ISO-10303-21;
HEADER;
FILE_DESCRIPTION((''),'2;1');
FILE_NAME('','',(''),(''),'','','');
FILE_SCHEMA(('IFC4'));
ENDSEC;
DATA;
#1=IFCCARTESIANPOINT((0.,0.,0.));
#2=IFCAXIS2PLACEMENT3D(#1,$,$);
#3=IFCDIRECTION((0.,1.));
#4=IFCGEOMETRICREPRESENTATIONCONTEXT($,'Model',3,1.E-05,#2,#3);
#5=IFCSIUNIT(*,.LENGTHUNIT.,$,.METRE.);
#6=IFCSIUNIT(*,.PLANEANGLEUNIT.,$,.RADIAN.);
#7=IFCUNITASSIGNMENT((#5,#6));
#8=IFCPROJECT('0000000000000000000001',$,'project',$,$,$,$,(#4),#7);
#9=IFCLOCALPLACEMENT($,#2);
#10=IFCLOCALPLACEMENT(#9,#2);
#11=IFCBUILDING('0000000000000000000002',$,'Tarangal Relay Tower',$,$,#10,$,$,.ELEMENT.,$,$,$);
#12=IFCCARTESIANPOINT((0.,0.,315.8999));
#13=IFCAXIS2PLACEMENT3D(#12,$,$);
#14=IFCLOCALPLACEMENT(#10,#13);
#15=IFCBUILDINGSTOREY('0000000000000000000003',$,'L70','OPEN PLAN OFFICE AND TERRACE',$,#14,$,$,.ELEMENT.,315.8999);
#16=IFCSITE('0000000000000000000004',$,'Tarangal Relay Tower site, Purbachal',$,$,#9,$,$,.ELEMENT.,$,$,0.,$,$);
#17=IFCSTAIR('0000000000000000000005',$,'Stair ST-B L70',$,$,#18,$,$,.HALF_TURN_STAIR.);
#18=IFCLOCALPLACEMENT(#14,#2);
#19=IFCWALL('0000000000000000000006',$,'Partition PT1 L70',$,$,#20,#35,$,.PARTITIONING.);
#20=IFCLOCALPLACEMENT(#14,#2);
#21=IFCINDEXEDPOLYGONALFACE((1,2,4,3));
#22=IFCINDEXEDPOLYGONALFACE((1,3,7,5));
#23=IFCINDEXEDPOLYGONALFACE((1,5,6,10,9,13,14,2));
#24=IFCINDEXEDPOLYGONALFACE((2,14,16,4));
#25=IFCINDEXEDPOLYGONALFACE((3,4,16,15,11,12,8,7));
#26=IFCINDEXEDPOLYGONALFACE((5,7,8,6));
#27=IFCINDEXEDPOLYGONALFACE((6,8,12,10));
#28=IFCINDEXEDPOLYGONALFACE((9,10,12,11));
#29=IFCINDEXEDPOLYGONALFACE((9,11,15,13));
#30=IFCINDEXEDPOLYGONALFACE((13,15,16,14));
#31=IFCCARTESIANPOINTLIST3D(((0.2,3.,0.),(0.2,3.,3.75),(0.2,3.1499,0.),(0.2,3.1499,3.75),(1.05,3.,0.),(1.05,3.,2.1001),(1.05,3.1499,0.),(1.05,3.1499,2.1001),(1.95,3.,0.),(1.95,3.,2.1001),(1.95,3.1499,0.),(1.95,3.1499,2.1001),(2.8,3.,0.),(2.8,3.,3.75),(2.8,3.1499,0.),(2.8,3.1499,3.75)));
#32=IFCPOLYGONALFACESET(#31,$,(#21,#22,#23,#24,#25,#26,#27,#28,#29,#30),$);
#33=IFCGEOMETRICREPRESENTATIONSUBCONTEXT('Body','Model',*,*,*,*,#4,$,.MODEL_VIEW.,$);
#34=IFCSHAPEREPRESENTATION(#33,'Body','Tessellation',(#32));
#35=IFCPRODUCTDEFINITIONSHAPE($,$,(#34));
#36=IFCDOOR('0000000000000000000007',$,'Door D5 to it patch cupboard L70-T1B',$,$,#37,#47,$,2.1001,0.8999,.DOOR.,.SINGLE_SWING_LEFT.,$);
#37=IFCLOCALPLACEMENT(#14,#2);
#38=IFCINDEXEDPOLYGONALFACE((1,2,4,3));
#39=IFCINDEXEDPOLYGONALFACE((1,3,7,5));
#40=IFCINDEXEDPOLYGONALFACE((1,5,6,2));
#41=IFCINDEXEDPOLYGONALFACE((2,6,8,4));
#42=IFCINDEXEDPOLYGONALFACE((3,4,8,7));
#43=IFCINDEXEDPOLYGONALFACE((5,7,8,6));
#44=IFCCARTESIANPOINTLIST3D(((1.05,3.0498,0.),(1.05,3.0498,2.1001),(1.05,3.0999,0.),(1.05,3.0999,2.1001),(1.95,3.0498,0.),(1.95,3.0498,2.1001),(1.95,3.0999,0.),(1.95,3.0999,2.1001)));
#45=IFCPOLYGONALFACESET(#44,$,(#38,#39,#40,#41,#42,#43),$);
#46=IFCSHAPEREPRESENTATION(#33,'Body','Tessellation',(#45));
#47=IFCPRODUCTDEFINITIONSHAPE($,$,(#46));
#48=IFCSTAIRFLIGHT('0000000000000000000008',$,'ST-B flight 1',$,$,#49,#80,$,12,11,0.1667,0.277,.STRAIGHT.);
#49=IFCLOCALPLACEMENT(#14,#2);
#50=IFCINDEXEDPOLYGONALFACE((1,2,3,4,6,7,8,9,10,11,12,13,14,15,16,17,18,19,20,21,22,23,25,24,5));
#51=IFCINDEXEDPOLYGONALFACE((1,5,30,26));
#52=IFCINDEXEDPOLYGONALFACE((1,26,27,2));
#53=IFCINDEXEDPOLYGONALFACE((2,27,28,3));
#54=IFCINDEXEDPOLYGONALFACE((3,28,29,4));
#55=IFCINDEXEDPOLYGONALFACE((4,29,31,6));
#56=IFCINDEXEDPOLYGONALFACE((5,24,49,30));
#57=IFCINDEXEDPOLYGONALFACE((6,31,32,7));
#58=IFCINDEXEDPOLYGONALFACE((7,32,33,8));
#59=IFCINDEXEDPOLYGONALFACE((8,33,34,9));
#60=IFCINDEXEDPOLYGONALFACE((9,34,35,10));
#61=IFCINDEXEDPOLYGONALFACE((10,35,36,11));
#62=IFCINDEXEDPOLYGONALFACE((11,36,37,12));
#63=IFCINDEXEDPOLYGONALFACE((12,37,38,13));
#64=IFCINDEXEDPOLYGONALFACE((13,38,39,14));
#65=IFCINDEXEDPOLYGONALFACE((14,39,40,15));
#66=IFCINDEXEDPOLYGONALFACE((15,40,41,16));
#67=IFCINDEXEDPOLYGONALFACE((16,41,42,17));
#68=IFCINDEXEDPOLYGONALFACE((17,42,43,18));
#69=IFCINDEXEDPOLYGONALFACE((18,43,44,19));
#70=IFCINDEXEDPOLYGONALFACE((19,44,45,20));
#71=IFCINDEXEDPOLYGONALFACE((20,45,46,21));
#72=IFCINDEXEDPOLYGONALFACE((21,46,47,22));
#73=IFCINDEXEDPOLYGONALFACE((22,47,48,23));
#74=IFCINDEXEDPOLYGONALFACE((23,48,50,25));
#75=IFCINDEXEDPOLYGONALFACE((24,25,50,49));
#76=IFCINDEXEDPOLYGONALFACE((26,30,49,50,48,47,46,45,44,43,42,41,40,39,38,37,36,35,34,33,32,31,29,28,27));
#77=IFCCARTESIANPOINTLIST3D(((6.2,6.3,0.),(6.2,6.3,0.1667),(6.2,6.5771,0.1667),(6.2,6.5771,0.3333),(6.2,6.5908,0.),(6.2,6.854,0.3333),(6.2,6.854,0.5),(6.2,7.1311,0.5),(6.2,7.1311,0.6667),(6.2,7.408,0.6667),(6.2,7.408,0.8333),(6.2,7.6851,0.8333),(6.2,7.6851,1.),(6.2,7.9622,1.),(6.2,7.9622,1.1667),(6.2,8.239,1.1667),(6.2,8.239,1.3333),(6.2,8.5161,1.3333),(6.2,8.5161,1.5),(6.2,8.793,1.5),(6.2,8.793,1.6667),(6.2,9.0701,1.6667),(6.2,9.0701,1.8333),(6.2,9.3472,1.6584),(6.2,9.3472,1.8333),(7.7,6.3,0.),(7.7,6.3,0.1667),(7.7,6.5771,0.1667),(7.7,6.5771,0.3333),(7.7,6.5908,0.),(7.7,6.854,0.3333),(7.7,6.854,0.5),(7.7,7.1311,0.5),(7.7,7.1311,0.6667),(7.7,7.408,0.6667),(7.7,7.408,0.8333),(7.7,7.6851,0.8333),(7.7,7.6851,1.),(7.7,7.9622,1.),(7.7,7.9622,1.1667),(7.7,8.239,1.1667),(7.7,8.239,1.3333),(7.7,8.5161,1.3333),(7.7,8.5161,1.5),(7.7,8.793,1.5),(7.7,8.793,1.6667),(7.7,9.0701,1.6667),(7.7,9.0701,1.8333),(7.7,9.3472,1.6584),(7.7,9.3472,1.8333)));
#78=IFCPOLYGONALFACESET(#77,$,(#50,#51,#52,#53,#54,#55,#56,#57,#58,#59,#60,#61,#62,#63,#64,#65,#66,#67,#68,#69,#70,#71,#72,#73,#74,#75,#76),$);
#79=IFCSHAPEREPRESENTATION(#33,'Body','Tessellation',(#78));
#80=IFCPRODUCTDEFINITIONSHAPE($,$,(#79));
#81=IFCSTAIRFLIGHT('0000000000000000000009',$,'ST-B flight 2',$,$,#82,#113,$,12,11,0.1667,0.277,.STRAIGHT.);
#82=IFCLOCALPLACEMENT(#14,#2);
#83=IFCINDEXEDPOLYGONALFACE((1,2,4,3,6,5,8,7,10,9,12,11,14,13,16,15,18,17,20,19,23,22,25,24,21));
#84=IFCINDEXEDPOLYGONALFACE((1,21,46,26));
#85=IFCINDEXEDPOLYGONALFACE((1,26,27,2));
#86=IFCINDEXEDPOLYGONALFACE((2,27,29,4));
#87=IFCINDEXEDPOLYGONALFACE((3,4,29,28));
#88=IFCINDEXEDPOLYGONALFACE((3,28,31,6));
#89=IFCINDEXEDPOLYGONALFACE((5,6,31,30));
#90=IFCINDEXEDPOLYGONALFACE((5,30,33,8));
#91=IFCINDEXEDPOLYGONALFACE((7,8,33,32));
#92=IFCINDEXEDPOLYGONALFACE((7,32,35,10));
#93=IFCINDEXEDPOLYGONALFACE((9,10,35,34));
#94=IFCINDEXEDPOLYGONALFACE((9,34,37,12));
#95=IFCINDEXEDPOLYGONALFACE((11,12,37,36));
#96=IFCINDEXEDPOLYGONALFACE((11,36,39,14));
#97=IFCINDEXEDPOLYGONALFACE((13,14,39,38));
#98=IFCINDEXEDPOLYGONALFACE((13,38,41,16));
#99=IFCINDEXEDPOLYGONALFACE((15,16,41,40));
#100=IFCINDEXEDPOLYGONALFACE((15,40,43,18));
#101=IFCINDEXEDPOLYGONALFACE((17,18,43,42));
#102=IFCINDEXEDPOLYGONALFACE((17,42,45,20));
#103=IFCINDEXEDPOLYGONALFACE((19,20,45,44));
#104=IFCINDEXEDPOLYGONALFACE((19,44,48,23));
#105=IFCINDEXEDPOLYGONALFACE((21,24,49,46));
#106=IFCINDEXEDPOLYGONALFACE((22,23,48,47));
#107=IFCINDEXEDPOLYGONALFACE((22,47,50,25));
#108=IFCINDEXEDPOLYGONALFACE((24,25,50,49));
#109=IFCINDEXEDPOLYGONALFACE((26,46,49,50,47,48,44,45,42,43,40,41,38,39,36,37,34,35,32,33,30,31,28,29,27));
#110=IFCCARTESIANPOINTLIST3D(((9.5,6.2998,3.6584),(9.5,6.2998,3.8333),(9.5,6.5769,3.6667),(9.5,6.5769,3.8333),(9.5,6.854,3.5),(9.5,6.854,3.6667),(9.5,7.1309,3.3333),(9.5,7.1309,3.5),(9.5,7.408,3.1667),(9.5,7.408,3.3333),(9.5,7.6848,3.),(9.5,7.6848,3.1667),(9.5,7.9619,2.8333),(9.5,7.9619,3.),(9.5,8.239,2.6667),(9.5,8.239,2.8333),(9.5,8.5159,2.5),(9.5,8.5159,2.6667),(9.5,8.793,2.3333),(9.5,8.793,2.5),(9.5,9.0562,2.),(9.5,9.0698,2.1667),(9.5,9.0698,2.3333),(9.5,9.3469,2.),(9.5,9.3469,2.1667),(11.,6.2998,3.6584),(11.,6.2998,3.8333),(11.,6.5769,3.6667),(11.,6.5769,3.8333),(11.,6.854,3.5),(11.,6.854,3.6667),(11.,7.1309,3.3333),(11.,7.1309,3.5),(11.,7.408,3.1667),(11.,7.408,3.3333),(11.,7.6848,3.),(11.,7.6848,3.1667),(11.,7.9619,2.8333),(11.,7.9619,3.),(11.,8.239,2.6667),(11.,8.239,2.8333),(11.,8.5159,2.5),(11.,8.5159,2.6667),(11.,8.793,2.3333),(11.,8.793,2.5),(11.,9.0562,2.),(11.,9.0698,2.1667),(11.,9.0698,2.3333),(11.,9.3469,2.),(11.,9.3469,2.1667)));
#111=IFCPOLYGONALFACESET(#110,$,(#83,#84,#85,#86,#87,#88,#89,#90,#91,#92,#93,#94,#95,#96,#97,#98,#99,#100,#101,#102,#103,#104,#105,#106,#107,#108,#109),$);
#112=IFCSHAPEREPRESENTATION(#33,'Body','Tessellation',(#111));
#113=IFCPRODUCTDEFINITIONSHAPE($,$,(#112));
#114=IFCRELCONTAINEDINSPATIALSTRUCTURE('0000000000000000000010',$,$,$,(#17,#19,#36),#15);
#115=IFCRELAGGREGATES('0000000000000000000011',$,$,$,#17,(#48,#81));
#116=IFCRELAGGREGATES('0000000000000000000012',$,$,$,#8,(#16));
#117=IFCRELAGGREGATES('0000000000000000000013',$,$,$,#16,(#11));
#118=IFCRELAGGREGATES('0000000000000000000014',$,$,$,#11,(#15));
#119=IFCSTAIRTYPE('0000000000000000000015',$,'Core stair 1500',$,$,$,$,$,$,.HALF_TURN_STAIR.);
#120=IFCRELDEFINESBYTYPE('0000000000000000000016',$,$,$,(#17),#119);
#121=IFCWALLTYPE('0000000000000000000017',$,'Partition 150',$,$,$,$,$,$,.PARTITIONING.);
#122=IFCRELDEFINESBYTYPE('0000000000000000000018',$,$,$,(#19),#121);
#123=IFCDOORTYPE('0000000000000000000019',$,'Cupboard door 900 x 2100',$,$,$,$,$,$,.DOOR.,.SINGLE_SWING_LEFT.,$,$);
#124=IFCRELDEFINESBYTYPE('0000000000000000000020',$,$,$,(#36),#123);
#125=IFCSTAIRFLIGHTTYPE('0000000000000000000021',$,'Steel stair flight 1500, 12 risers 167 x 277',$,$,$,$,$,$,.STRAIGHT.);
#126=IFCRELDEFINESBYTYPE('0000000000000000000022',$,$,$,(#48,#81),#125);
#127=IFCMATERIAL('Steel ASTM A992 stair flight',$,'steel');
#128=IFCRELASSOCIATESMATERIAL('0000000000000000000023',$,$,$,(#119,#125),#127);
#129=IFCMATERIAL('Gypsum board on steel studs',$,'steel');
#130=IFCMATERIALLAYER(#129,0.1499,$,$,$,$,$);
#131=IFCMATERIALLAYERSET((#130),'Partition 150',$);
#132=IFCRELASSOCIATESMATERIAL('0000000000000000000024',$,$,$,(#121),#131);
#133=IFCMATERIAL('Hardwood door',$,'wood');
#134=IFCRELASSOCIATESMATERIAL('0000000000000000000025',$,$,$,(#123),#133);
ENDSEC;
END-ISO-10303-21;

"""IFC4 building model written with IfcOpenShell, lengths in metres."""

from ifc_helpers import new_model, si_unit, direction, frame, frame_2d, origin, place, context, subcontext, project, spatial, polyline, rectangle, outline, extrude, material, layer, layer_set, type_object, element, fill, aggregate, save


model = new_model("IFC4")

# Units and contexts
model_context = context("Model", 3, precision=1e-05, world=origin(), true_north=direction((0.0, 1.0)))
body_context = subcontext(model_context, "Body", "Model", "MODEL_VIEW")
ifc_project = project(units=[si_unit("LENGTHUNIT", "METRE"), si_unit("PLANEANGLEUNIT", "RADIAN")], contexts=[model_context])

# Site, building, storey
site_placement = place(None, origin())
site = spatial("IfcSite", under=ifc_project, at=site_placement, Name="Tarangal Relay Tower site, Purbachal", CompositionType="ELEMENT", RefElevation=0.0)
building_placement = place(site_placement, origin())
building = spatial("IfcBuilding", under=site, at=building_placement, Name="Tarangal Relay Tower", CompositionType="ELEMENT")
storey_placement = place(building_placement, frame((0.0, 0.0, 315.8999)))
storey = spatial("IfcBuildingStorey", under=building, at=storey_placement, Name="L70", Description="OPEN PLAN OFFICE AND TERRACE", CompositionType="ELEMENT", Elevation=315.8999)

# Stair
ifc_material_1 = material(Name="Steel ASTM A992 stair flight", Category="steel")
stair_type = type_object("IfcStairType", Name="Core stair 1500", PredefinedType="HALF_TURN_STAIR", material=ifc_material_1)
stair_1_placement = place(storey_placement, origin())
stair_1 = element("IfcStair", 1, at=stair_1_placement, inside=storey, type_object=stair_type, Name="Stair ST-B L70", PredefinedType="HALF_TURN_STAIR")

# Wall, opening, door
ifc_material_2 = material(Name="Gypsum board on steel studs", Category="steel")
ifc_layer_1 = layer(ifc_material_2, 0.1499)
ifc_layer_set_1 = layer_set([ifc_layer_1], Name="Partition 150")
wall_type_1 = type_object("IfcWallType", Name="Partition 150", PredefinedType="PARTITIONING", material=ifc_layer_set_1)
wall_1_placement = place(storey_placement, frame((0.2, 3.075, 0.0), z_axis=(0.0, 0.0, 1.0), x_axis=(1.0, 0.0, 0.0)))
wall_1 = element("IfcWall", 2, at=wall_1_placement, inside=storey, type_object=wall_type_1, Name="Partition PT1 L70", PredefinedType="PARTITIONING", context=body_context, shape_type="SweptSolid", body=[
    extrude(rectangle(XDim=2.6001, YDim=0.1499, at=frame_2d((1.3, 0.0))), origin(), (0.0, 0.0, 1.0), 3.75),
])
opening_1_placement = place(wall_1_placement, frame((0.8501, 0.0, 0.0)))
opening_1 = element("IfcOpeningElement", 3, at=opening_1_placement, cuts=wall_1, PredefinedType="OPENING", context=body_context, shape_type="SweptSolid", body=[
    extrude(rectangle(XDim=0.8999, YDim=2.1001, at=frame_2d((0.45, 1.05))), frame((0.0, 0.085, 0.0), z_axis=(0.0, -1.0, 0.0), x_axis=(1.0, 0.0, 0.0)), (0.0, 0.0, 1.0), 0.1699),
])
ifc_material_3 = material(Name="Hardwood door", Category="wood")
door_type_1 = type_object("IfcDoorType", Name="Cupboard door 900 x 2100", OperationType="SINGLE_SWING_LEFT", PredefinedType="DOOR", material=ifc_material_3)
door_1_placement = place(opening_1_placement, origin())
door_1 = element("IfcDoor", 4, at=door_1_placement, inside=storey, type_object=door_type_1, Name="Door D5 to it patch cupboard L70-T1B", OperationType="SINGLE_SWING_LEFT", OverallHeight=2.1001, OverallWidth=0.8999, PredefinedType="DOOR", context=body_context, shape_type="SweptSolid", body=[
    extrude(rectangle(XDim=0.8999, YDim=2.1001, at=frame_2d((0.45, 1.05))), frame((0.0, 0.0249, 0.0), z_axis=(0.0, -1.0, 0.0), x_axis=(1.0, 0.0, 0.0)), (0.0, 0.0, 1.0), 0.05),
])
fill(opening_1, door_1)

# Stair flights
stair_flight_type = type_object("IfcStairFlightType", Name="Steel stair flight 1500, 12 risers 167 x 277", PredefinedType="STRAIGHT", material=ifc_material_1)
stair_flight_1_placement = place(storey_placement, frame((6.95, 6.3, 0.0), z_axis=(0.0, 0.0, 1.0), x_axis=(0.0, 1.0, 0.0)))
stair_flight_1 = element("IfcStairFlight", 5, at=stair_flight_1_placement, type_object=stair_flight_type, Name="ST-B flight 1", NumberOfRisers=12, NumberOfTreads=11, PredefinedType="STRAIGHT", RiserHeight=0.1667, TreadLength=0.277, context=body_context, shape_type="SweptSolid", body=[
    extrude(outline(polyline([(0.0, 0.0), (0.0, 0.1667), (0.2771, 0.1667), (0.2771, 0.3333), (0.554, 0.3333), (0.554, 0.5), (0.8311, 0.5), (0.8311, 0.6667), (1.1079, 0.6667), (1.1079, 0.8333), (1.385, 0.8333), (1.385, 1.0), (1.6621, 1.0), (1.6621, 1.1667), (1.939, 1.1667), (1.939, 1.3333), (2.2161, 1.3333), (2.2161, 1.5), (2.4929, 1.5), (2.4929, 1.6667), (2.77, 1.6667), (2.77, 1.8333), (3.0471, 1.8333), (3.0471, 2.0), (3.0471, 1.6584), (0.2908, 0.0), (0.0, 0.0)])), frame((0.0, 0.75, 0.0), z_axis=(0.0, -1.0, 0.0), x_axis=(1.0, 0.0, 0.0)), (0.0, 0.0, 1.0), 1.5),
])
stair_flight_2_placement = place(storey_placement, frame((10.25, 9.3469, 2.0), z_axis=(0.0, 0.0, 1.0), x_axis=(0.0, -1.0, 0.0)))
stair_flight_2 = element("IfcStairFlight", 6, at=stair_flight_2_placement, type_object=stair_flight_type, Name="ST-B flight 2", NumberOfRisers=12, NumberOfTreads=11, PredefinedType="STRAIGHT", RiserHeight=0.1667, TreadLength=0.277, context=body_context, shape_type="SweptSolid", body=[
    extrude(outline(polyline([(0.0, 0.0), (0.0, 0.1667), (0.2771, 0.1667), (0.2771, 0.3333), (0.554, 0.3333), (0.554, 0.5), (0.8311, 0.5), (0.8311, 0.6667), (1.1079, 0.6667), (1.1079, 0.8333), (1.385, 0.8333), (1.385, 1.0), (1.6621, 1.0), (1.6621, 1.1667), (1.939, 1.1667), (1.939, 1.3333), (2.2161, 1.3333), (2.2161, 1.5), (2.4929, 1.5), (2.4929, 1.6667), (2.77, 1.6667), (2.77, 1.8333), (3.0471, 1.8333), (3.0471, 2.0), (3.0471, 1.6584), (0.2908, 0.0), (0.0, 0.0)])), frame((0.0, 0.75, 0.0), z_axis=(0.0, -1.0, 0.0), x_axis=(1.0, 0.0, 0.0)), (0.0, 0.0, 1.0), 1.5),
])
aggregate(stair_1, [stair_flight_1, stair_flight_2])

save(model, "model.ifc")
